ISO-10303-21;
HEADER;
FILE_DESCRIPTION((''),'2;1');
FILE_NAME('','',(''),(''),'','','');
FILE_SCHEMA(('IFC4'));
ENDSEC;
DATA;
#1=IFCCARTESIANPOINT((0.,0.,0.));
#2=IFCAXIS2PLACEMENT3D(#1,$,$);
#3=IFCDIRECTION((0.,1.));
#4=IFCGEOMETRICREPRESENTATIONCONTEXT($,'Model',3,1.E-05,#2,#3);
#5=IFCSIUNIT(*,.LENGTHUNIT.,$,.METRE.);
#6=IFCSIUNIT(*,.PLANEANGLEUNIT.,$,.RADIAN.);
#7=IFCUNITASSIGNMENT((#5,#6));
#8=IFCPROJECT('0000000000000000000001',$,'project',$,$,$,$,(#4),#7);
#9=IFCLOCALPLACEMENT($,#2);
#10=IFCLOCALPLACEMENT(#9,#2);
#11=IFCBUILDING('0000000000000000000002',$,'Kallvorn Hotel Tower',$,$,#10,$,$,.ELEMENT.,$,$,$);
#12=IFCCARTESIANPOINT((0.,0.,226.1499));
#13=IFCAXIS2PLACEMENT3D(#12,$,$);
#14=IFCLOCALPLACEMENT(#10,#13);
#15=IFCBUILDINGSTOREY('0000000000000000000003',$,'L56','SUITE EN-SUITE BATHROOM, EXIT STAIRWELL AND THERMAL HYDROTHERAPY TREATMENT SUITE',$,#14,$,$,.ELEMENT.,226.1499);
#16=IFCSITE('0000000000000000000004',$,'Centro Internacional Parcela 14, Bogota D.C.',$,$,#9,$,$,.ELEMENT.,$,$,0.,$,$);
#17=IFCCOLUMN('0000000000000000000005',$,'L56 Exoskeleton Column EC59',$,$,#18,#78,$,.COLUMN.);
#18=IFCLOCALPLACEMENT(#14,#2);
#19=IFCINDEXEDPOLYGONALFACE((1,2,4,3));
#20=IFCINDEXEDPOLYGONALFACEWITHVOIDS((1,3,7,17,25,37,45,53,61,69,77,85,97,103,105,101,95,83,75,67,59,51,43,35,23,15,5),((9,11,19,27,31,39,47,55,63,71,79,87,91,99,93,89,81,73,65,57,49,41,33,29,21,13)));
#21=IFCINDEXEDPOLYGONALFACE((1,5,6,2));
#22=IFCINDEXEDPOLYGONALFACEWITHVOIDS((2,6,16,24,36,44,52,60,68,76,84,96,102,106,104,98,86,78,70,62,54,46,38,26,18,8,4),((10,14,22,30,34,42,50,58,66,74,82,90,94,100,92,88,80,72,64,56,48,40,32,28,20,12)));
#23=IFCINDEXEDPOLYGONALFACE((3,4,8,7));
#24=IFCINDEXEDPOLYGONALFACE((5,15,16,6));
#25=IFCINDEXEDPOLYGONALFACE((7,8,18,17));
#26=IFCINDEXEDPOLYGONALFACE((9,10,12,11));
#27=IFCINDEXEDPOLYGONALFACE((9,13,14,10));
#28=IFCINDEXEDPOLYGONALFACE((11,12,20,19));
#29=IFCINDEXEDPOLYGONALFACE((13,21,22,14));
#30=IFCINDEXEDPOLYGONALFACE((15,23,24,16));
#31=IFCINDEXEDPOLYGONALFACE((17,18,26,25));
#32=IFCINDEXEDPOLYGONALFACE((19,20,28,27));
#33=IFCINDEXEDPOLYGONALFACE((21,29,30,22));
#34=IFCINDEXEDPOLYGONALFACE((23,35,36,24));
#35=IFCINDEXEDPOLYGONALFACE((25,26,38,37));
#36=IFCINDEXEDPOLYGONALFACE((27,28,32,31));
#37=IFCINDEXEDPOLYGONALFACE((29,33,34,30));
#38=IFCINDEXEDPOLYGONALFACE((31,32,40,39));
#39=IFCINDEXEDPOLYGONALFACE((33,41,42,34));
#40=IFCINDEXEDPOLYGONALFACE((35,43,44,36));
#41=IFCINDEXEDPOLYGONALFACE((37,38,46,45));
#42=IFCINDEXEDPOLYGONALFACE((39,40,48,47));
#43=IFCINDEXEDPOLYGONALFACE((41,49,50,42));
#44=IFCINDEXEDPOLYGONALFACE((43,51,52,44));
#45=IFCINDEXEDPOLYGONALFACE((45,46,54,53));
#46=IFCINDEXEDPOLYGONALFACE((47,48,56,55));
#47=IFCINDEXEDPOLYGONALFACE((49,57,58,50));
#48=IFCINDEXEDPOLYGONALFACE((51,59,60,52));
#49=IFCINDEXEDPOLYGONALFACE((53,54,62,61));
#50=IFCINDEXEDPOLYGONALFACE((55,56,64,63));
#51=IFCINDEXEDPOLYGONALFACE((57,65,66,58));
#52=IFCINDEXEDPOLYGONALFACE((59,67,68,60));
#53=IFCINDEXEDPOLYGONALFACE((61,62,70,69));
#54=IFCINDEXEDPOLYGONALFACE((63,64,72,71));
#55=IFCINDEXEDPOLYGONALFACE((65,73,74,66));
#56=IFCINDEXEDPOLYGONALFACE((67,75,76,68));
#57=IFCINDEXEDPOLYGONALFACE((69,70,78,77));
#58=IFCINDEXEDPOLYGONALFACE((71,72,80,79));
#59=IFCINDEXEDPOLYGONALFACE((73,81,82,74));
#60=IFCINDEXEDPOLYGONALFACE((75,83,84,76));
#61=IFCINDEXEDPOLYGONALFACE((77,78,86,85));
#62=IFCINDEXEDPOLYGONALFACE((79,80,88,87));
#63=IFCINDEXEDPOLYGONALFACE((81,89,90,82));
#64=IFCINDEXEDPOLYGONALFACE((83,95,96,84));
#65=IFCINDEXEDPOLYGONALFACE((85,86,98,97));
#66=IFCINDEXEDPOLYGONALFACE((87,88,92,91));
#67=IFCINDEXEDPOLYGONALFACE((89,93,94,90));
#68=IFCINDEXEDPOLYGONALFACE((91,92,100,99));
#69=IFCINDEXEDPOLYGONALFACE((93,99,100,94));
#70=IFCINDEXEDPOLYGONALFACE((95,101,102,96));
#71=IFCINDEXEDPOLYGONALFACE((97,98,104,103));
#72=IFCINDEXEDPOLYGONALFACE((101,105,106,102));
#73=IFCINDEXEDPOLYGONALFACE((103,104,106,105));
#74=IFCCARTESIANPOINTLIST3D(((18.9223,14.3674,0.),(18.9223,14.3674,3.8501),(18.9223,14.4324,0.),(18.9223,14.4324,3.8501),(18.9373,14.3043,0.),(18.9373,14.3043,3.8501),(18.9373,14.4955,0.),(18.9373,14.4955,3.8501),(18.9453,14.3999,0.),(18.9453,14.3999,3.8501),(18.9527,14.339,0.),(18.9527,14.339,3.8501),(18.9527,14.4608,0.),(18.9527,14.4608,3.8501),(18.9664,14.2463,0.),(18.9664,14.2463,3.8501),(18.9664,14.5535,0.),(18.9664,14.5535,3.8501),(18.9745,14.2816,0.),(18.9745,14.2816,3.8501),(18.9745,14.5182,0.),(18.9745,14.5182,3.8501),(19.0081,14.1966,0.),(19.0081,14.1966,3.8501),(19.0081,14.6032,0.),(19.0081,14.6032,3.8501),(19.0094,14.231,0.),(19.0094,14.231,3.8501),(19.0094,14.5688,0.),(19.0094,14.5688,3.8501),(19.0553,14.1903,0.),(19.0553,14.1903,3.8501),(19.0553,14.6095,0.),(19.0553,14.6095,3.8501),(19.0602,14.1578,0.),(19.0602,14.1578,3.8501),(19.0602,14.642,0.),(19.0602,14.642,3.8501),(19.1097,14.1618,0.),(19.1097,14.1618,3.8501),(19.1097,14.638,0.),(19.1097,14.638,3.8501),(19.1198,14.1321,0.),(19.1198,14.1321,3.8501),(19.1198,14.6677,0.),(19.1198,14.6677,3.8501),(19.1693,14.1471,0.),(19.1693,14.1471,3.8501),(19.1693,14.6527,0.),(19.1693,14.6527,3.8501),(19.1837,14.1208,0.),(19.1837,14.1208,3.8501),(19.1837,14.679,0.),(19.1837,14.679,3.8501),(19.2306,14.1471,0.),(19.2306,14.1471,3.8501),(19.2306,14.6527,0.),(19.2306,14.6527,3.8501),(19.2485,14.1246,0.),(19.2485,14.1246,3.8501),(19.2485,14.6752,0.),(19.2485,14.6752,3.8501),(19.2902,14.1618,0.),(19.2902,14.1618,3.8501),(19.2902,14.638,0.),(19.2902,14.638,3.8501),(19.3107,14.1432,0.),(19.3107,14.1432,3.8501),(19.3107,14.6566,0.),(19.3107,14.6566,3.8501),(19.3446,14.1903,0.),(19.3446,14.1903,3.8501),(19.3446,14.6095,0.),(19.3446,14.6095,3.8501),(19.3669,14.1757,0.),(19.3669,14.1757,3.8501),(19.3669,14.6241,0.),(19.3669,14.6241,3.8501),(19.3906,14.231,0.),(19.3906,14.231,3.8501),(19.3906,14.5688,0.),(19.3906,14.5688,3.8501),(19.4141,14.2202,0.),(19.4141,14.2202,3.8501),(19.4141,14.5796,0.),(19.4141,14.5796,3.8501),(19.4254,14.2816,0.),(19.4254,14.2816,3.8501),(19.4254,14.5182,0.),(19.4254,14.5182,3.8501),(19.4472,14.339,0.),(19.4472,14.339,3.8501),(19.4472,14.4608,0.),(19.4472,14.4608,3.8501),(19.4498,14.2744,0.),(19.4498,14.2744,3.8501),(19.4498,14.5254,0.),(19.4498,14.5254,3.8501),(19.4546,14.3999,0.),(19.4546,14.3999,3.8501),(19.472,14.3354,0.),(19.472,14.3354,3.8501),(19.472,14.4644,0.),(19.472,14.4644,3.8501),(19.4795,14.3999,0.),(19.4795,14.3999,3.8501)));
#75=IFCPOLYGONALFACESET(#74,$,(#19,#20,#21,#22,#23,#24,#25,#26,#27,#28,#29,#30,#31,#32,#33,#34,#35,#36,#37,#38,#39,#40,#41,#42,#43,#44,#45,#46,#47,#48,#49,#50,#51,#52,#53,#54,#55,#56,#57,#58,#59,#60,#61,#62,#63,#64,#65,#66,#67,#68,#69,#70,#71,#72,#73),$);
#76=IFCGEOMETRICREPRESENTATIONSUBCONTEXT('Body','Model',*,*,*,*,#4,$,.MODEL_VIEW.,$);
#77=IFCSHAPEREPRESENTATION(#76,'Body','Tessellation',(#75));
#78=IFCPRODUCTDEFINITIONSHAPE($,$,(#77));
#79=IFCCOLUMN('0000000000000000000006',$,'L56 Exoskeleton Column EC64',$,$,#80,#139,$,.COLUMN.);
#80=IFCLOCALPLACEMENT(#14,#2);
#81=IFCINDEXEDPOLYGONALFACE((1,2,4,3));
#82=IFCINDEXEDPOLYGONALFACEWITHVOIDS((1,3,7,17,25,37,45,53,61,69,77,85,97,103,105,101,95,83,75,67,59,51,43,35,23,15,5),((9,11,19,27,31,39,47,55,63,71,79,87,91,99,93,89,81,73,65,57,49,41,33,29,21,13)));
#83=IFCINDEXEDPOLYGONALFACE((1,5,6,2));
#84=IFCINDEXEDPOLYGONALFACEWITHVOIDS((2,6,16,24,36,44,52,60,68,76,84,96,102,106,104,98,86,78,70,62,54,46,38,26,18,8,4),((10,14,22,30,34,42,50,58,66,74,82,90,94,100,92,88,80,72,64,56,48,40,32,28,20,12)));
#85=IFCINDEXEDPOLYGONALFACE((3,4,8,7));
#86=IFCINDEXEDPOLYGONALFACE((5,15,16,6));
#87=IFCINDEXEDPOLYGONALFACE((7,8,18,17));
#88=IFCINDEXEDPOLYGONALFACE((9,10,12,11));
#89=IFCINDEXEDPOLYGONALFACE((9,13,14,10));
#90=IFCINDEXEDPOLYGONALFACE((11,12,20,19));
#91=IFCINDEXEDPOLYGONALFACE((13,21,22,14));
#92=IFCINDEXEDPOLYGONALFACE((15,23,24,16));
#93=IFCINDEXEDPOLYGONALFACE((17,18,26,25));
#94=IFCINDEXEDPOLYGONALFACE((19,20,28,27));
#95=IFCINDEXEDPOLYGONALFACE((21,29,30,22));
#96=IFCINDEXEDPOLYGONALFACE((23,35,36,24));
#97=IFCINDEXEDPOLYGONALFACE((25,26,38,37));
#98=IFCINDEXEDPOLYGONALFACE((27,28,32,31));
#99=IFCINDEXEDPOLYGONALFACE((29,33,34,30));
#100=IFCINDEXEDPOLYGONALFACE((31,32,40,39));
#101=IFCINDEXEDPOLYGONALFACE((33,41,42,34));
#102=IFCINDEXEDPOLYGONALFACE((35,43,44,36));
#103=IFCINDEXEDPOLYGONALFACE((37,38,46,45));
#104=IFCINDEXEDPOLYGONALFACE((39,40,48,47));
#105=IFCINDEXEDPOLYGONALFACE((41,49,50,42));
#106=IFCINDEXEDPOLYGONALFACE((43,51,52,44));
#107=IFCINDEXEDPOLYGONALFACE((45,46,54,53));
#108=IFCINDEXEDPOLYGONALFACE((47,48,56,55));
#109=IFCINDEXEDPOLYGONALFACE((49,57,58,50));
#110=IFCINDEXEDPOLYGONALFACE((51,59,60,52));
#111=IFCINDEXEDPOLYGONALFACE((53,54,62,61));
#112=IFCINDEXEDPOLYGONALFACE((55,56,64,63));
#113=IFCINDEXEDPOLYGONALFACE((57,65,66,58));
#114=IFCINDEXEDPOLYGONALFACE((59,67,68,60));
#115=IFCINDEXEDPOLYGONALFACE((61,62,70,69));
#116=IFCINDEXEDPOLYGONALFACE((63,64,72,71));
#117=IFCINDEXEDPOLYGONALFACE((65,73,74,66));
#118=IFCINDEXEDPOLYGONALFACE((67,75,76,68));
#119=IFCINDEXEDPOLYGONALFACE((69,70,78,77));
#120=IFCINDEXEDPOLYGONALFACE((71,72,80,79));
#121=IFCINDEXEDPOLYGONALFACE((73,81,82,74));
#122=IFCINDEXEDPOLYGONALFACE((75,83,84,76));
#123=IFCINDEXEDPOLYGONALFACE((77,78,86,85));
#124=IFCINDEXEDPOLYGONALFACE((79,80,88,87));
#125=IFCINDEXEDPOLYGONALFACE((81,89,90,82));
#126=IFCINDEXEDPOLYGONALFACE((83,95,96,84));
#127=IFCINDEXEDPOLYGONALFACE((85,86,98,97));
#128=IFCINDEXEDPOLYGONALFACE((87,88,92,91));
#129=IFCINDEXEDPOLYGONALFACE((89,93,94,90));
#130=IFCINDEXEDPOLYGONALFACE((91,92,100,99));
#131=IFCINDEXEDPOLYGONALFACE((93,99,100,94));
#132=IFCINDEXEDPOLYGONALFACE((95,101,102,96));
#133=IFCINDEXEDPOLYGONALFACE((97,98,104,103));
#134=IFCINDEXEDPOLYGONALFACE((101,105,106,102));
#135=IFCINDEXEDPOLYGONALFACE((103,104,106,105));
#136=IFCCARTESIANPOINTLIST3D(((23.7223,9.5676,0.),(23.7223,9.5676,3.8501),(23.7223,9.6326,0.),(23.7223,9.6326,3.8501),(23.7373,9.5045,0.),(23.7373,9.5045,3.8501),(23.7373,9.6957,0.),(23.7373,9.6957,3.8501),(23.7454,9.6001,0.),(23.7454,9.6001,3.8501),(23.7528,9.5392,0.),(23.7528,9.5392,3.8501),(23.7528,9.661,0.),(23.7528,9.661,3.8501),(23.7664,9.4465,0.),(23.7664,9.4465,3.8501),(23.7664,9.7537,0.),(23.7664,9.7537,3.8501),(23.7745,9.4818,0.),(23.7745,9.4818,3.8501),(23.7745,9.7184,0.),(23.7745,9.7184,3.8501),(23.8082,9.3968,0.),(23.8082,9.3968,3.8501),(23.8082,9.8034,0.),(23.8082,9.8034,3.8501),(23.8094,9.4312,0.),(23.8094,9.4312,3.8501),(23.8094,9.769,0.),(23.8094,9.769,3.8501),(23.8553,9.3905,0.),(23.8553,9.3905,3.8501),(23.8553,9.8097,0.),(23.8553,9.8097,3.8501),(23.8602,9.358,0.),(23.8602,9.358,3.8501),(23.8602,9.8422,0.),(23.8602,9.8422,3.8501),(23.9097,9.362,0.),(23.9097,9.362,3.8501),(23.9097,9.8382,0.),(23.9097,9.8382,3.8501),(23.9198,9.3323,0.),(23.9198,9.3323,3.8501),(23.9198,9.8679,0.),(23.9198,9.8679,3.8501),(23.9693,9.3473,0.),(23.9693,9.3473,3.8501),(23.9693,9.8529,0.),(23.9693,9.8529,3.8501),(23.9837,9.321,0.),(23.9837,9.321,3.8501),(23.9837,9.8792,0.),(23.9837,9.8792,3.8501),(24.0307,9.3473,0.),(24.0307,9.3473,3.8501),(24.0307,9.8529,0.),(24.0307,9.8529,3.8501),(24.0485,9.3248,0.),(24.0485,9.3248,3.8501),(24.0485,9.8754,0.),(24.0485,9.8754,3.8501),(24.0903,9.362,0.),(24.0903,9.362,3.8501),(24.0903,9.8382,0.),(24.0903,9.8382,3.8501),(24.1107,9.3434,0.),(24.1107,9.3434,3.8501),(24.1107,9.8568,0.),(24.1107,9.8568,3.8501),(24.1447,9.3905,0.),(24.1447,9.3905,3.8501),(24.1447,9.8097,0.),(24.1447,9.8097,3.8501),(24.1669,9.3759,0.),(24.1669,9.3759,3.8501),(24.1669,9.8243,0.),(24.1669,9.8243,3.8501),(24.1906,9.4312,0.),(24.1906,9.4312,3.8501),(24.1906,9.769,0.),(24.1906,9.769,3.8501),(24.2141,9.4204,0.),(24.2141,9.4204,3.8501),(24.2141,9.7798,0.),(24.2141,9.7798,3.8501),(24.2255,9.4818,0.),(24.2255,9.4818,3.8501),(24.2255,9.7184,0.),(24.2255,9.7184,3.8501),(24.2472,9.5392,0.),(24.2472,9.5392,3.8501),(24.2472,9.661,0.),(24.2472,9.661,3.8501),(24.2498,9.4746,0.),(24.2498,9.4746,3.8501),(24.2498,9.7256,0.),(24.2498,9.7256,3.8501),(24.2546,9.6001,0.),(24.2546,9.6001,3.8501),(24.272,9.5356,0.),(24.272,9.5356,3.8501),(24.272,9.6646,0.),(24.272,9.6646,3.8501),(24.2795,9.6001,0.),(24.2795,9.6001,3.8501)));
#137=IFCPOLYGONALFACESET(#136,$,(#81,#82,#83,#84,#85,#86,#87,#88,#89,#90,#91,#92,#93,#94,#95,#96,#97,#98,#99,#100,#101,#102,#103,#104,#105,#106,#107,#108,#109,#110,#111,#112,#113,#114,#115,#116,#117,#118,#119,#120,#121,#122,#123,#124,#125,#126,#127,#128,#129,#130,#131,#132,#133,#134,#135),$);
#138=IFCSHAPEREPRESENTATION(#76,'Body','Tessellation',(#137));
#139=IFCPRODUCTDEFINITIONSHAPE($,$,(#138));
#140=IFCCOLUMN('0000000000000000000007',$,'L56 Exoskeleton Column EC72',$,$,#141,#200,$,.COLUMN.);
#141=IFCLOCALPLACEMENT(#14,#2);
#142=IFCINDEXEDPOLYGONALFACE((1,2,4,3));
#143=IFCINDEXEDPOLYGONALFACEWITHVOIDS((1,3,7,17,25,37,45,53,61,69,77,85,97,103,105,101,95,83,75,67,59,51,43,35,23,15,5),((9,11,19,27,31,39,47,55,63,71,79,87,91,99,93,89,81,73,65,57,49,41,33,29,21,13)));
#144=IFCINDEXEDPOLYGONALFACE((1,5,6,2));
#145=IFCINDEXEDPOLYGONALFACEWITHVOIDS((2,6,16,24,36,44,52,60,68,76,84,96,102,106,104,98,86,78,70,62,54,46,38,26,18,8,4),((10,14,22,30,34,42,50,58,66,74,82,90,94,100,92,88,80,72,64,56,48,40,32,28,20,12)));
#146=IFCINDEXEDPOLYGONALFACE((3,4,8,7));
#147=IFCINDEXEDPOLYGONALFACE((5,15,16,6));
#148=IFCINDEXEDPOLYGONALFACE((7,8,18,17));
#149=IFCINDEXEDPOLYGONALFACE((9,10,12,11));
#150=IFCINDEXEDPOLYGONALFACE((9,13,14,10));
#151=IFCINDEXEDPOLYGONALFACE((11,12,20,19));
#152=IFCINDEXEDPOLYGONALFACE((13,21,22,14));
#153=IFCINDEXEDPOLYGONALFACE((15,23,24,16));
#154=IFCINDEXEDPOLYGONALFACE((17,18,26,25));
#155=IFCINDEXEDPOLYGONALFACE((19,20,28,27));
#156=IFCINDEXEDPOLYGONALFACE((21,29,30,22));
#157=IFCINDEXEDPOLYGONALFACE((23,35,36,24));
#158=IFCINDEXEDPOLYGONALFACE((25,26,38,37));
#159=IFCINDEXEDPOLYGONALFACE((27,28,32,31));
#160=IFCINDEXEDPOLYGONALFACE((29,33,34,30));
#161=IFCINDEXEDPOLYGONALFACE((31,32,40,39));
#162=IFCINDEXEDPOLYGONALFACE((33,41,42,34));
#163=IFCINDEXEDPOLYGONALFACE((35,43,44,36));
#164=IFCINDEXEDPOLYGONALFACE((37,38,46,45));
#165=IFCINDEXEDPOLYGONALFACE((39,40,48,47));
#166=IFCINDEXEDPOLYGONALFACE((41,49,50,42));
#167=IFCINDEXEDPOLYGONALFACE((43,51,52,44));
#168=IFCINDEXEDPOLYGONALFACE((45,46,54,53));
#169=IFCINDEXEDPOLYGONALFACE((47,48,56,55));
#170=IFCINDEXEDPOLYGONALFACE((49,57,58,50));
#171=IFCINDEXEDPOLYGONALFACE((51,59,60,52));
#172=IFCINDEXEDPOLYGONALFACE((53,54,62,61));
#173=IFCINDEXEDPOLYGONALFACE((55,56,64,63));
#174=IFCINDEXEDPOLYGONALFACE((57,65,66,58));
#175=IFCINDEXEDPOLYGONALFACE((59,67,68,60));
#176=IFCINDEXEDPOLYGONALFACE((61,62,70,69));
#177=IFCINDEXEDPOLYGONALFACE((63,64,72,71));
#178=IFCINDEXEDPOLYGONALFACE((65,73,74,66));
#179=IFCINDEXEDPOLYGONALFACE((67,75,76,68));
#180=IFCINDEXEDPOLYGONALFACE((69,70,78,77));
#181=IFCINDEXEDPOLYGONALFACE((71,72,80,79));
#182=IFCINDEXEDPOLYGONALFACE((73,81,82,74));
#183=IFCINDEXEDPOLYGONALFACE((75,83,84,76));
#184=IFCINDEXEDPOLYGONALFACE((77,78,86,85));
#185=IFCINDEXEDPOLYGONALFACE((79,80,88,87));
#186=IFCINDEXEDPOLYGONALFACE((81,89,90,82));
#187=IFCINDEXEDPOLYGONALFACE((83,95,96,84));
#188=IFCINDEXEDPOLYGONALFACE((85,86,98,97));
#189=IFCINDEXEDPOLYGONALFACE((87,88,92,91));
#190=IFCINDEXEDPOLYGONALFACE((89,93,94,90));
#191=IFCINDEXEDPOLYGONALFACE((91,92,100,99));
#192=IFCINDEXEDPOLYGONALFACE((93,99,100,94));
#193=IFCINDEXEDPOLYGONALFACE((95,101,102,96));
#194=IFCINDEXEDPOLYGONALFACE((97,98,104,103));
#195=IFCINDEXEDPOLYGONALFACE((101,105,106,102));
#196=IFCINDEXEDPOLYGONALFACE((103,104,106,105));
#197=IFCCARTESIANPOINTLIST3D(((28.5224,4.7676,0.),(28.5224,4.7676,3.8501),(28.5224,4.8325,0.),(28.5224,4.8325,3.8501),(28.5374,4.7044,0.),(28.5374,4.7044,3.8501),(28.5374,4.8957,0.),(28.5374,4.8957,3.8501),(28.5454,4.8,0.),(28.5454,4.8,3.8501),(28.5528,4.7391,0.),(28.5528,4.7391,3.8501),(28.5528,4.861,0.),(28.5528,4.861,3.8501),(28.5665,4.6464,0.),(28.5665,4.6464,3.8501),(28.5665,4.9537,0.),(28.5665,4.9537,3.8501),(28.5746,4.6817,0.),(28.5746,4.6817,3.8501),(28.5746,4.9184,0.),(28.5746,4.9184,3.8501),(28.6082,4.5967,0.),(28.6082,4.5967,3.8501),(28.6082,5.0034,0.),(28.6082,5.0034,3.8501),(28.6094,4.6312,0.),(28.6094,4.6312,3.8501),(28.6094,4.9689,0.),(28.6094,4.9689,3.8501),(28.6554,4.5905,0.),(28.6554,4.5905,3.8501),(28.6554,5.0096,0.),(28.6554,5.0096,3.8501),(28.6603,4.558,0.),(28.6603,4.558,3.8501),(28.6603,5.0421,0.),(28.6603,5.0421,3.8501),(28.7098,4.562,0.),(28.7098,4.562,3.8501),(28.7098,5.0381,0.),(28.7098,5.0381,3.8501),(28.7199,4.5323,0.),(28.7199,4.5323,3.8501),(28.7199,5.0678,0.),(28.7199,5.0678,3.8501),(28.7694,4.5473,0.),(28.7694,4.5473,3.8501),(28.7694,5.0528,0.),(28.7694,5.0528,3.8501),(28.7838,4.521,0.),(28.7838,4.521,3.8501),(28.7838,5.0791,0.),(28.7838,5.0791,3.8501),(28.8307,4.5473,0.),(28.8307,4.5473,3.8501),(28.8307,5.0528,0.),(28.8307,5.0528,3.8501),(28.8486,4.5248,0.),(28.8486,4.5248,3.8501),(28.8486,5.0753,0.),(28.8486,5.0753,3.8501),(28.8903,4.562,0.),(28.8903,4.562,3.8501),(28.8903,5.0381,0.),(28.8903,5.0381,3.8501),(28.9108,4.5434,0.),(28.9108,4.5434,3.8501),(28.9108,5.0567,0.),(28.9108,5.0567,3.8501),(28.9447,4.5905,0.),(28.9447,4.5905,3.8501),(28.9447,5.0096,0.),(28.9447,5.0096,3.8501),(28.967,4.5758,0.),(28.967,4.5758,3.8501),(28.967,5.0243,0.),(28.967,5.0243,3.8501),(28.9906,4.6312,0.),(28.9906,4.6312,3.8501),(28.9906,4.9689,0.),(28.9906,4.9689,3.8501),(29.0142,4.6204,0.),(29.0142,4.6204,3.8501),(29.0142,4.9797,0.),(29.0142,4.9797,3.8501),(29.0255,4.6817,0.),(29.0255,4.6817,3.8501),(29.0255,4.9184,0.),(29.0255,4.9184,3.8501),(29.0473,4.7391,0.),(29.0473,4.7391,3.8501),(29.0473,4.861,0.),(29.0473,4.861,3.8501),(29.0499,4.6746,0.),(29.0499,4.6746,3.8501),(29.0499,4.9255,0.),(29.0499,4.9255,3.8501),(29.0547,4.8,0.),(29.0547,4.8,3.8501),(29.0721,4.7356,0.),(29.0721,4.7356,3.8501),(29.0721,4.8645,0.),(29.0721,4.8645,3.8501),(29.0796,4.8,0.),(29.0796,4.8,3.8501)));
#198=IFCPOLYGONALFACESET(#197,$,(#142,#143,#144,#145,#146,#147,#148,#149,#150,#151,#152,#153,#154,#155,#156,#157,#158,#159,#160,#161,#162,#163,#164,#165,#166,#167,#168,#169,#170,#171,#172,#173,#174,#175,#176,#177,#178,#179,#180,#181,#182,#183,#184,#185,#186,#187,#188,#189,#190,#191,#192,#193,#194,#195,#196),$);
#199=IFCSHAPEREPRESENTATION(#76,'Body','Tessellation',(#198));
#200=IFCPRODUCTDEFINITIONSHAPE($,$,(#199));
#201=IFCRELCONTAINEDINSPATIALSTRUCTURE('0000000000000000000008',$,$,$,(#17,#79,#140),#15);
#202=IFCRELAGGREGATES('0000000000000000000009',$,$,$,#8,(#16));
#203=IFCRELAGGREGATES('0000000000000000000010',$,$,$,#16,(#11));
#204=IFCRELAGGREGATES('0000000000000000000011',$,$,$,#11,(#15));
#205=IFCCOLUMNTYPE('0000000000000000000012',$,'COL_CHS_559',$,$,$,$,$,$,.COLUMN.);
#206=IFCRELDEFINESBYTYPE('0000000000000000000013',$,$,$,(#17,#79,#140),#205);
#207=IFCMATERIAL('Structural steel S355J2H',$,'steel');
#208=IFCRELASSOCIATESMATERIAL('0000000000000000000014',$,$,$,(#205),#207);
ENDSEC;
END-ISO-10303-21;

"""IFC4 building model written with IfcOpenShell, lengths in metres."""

from ifc_helpers import new_model, si_unit, direction, frame, origin, origin_2d, place, context, subcontext, project, spatial, hollow_circle, extrude, material, material_profile, profile_set, type_object, element, save


model = new_model("IFC4")

# Units and contexts
model_context = context("Model", 3, precision=1e-05, world=origin(), true_north=direction((0.0, 1.0)))
body_context = subcontext(model_context, "Body", "Model", "MODEL_VIEW")
ifc_project = project(units=[si_unit("LENGTHUNIT", "METRE"), si_unit("PLANEANGLEUNIT", "RADIAN")], contexts=[model_context])

# Site, building, storey
site_placement = place(None, origin())
site = spatial("IfcSite", under=ifc_project, at=site_placement, Name="Centro Internacional Parcela 14, Bogota D.C.", CompositionType="ELEMENT", RefElevation=0.0)
building_placement = place(site_placement, origin())
building = spatial("IfcBuilding", under=site, at=building_placement, Name="Kallvorn Hotel Tower", CompositionType="ELEMENT")
storey_placement = place(building_placement, frame((0.0, 0.0, 226.1499)))
storey = spatial("IfcBuildingStorey", under=building, at=storey_placement, Name="L56", Description="SUITE EN-SUITE BATHROOM, EXIT STAIRWELL AND THERMAL HYDROTHERAPY TREATMENT SUITE", CompositionType="ELEMENT", Elevation=226.1499)

# Columns
ifc_material_1 = material(Name="Structural steel S355J2H", Category="steel")
ifc_material_profile_1 = material_profile(ifc_material_1, hollow_circle(Radius=0.2795, WallThickness=0.0249, at=origin_2d()), Name="CHS 559x25")
ifc_profile_set_1 = profile_set([ifc_material_profile_1], Name="Structural steel S355J2H")
column_type_1 = type_object("IfcColumnType", Name="COL_CHS_559", PredefinedType="COLUMN", material=ifc_profile_set_1)
for number, where, z_axis, x_axis, name in (
    (1, (19.2, 14.3999, 0.0), (0.0, 0.0, 1.0), (1.0, 0.0, 0.0), "L56 Exoskeleton Column EC59"),
    (2, (24.0, 9.6001, 0.0), (0.0, 0.0, 1.0), (1.0, 0.0, 0.0), "L56 Exoskeleton Column EC64"),
    (3, (28.8, 4.8, 0.0), (0.0, 0.0, 1.0), (1.0, 0.0, 0.0), "L56 Exoskeleton Column EC72"),
):
    element("IfcColumn", number, at=place(storey_placement, frame(where, z_axis=z_axis, x_axis=x_axis)), inside=storey, type_object=column_type_1, Name=name, PredefinedType="COLUMN", context=body_context, shape_type="SweptSolid", body=[
        extrude(hollow_circle(Radius=0.2795, WallThickness=0.0249, at=origin_2d()), origin(), (0.0, 0.0, 1.0), 3.8501),
    ])

save(model, "model.ifc")
